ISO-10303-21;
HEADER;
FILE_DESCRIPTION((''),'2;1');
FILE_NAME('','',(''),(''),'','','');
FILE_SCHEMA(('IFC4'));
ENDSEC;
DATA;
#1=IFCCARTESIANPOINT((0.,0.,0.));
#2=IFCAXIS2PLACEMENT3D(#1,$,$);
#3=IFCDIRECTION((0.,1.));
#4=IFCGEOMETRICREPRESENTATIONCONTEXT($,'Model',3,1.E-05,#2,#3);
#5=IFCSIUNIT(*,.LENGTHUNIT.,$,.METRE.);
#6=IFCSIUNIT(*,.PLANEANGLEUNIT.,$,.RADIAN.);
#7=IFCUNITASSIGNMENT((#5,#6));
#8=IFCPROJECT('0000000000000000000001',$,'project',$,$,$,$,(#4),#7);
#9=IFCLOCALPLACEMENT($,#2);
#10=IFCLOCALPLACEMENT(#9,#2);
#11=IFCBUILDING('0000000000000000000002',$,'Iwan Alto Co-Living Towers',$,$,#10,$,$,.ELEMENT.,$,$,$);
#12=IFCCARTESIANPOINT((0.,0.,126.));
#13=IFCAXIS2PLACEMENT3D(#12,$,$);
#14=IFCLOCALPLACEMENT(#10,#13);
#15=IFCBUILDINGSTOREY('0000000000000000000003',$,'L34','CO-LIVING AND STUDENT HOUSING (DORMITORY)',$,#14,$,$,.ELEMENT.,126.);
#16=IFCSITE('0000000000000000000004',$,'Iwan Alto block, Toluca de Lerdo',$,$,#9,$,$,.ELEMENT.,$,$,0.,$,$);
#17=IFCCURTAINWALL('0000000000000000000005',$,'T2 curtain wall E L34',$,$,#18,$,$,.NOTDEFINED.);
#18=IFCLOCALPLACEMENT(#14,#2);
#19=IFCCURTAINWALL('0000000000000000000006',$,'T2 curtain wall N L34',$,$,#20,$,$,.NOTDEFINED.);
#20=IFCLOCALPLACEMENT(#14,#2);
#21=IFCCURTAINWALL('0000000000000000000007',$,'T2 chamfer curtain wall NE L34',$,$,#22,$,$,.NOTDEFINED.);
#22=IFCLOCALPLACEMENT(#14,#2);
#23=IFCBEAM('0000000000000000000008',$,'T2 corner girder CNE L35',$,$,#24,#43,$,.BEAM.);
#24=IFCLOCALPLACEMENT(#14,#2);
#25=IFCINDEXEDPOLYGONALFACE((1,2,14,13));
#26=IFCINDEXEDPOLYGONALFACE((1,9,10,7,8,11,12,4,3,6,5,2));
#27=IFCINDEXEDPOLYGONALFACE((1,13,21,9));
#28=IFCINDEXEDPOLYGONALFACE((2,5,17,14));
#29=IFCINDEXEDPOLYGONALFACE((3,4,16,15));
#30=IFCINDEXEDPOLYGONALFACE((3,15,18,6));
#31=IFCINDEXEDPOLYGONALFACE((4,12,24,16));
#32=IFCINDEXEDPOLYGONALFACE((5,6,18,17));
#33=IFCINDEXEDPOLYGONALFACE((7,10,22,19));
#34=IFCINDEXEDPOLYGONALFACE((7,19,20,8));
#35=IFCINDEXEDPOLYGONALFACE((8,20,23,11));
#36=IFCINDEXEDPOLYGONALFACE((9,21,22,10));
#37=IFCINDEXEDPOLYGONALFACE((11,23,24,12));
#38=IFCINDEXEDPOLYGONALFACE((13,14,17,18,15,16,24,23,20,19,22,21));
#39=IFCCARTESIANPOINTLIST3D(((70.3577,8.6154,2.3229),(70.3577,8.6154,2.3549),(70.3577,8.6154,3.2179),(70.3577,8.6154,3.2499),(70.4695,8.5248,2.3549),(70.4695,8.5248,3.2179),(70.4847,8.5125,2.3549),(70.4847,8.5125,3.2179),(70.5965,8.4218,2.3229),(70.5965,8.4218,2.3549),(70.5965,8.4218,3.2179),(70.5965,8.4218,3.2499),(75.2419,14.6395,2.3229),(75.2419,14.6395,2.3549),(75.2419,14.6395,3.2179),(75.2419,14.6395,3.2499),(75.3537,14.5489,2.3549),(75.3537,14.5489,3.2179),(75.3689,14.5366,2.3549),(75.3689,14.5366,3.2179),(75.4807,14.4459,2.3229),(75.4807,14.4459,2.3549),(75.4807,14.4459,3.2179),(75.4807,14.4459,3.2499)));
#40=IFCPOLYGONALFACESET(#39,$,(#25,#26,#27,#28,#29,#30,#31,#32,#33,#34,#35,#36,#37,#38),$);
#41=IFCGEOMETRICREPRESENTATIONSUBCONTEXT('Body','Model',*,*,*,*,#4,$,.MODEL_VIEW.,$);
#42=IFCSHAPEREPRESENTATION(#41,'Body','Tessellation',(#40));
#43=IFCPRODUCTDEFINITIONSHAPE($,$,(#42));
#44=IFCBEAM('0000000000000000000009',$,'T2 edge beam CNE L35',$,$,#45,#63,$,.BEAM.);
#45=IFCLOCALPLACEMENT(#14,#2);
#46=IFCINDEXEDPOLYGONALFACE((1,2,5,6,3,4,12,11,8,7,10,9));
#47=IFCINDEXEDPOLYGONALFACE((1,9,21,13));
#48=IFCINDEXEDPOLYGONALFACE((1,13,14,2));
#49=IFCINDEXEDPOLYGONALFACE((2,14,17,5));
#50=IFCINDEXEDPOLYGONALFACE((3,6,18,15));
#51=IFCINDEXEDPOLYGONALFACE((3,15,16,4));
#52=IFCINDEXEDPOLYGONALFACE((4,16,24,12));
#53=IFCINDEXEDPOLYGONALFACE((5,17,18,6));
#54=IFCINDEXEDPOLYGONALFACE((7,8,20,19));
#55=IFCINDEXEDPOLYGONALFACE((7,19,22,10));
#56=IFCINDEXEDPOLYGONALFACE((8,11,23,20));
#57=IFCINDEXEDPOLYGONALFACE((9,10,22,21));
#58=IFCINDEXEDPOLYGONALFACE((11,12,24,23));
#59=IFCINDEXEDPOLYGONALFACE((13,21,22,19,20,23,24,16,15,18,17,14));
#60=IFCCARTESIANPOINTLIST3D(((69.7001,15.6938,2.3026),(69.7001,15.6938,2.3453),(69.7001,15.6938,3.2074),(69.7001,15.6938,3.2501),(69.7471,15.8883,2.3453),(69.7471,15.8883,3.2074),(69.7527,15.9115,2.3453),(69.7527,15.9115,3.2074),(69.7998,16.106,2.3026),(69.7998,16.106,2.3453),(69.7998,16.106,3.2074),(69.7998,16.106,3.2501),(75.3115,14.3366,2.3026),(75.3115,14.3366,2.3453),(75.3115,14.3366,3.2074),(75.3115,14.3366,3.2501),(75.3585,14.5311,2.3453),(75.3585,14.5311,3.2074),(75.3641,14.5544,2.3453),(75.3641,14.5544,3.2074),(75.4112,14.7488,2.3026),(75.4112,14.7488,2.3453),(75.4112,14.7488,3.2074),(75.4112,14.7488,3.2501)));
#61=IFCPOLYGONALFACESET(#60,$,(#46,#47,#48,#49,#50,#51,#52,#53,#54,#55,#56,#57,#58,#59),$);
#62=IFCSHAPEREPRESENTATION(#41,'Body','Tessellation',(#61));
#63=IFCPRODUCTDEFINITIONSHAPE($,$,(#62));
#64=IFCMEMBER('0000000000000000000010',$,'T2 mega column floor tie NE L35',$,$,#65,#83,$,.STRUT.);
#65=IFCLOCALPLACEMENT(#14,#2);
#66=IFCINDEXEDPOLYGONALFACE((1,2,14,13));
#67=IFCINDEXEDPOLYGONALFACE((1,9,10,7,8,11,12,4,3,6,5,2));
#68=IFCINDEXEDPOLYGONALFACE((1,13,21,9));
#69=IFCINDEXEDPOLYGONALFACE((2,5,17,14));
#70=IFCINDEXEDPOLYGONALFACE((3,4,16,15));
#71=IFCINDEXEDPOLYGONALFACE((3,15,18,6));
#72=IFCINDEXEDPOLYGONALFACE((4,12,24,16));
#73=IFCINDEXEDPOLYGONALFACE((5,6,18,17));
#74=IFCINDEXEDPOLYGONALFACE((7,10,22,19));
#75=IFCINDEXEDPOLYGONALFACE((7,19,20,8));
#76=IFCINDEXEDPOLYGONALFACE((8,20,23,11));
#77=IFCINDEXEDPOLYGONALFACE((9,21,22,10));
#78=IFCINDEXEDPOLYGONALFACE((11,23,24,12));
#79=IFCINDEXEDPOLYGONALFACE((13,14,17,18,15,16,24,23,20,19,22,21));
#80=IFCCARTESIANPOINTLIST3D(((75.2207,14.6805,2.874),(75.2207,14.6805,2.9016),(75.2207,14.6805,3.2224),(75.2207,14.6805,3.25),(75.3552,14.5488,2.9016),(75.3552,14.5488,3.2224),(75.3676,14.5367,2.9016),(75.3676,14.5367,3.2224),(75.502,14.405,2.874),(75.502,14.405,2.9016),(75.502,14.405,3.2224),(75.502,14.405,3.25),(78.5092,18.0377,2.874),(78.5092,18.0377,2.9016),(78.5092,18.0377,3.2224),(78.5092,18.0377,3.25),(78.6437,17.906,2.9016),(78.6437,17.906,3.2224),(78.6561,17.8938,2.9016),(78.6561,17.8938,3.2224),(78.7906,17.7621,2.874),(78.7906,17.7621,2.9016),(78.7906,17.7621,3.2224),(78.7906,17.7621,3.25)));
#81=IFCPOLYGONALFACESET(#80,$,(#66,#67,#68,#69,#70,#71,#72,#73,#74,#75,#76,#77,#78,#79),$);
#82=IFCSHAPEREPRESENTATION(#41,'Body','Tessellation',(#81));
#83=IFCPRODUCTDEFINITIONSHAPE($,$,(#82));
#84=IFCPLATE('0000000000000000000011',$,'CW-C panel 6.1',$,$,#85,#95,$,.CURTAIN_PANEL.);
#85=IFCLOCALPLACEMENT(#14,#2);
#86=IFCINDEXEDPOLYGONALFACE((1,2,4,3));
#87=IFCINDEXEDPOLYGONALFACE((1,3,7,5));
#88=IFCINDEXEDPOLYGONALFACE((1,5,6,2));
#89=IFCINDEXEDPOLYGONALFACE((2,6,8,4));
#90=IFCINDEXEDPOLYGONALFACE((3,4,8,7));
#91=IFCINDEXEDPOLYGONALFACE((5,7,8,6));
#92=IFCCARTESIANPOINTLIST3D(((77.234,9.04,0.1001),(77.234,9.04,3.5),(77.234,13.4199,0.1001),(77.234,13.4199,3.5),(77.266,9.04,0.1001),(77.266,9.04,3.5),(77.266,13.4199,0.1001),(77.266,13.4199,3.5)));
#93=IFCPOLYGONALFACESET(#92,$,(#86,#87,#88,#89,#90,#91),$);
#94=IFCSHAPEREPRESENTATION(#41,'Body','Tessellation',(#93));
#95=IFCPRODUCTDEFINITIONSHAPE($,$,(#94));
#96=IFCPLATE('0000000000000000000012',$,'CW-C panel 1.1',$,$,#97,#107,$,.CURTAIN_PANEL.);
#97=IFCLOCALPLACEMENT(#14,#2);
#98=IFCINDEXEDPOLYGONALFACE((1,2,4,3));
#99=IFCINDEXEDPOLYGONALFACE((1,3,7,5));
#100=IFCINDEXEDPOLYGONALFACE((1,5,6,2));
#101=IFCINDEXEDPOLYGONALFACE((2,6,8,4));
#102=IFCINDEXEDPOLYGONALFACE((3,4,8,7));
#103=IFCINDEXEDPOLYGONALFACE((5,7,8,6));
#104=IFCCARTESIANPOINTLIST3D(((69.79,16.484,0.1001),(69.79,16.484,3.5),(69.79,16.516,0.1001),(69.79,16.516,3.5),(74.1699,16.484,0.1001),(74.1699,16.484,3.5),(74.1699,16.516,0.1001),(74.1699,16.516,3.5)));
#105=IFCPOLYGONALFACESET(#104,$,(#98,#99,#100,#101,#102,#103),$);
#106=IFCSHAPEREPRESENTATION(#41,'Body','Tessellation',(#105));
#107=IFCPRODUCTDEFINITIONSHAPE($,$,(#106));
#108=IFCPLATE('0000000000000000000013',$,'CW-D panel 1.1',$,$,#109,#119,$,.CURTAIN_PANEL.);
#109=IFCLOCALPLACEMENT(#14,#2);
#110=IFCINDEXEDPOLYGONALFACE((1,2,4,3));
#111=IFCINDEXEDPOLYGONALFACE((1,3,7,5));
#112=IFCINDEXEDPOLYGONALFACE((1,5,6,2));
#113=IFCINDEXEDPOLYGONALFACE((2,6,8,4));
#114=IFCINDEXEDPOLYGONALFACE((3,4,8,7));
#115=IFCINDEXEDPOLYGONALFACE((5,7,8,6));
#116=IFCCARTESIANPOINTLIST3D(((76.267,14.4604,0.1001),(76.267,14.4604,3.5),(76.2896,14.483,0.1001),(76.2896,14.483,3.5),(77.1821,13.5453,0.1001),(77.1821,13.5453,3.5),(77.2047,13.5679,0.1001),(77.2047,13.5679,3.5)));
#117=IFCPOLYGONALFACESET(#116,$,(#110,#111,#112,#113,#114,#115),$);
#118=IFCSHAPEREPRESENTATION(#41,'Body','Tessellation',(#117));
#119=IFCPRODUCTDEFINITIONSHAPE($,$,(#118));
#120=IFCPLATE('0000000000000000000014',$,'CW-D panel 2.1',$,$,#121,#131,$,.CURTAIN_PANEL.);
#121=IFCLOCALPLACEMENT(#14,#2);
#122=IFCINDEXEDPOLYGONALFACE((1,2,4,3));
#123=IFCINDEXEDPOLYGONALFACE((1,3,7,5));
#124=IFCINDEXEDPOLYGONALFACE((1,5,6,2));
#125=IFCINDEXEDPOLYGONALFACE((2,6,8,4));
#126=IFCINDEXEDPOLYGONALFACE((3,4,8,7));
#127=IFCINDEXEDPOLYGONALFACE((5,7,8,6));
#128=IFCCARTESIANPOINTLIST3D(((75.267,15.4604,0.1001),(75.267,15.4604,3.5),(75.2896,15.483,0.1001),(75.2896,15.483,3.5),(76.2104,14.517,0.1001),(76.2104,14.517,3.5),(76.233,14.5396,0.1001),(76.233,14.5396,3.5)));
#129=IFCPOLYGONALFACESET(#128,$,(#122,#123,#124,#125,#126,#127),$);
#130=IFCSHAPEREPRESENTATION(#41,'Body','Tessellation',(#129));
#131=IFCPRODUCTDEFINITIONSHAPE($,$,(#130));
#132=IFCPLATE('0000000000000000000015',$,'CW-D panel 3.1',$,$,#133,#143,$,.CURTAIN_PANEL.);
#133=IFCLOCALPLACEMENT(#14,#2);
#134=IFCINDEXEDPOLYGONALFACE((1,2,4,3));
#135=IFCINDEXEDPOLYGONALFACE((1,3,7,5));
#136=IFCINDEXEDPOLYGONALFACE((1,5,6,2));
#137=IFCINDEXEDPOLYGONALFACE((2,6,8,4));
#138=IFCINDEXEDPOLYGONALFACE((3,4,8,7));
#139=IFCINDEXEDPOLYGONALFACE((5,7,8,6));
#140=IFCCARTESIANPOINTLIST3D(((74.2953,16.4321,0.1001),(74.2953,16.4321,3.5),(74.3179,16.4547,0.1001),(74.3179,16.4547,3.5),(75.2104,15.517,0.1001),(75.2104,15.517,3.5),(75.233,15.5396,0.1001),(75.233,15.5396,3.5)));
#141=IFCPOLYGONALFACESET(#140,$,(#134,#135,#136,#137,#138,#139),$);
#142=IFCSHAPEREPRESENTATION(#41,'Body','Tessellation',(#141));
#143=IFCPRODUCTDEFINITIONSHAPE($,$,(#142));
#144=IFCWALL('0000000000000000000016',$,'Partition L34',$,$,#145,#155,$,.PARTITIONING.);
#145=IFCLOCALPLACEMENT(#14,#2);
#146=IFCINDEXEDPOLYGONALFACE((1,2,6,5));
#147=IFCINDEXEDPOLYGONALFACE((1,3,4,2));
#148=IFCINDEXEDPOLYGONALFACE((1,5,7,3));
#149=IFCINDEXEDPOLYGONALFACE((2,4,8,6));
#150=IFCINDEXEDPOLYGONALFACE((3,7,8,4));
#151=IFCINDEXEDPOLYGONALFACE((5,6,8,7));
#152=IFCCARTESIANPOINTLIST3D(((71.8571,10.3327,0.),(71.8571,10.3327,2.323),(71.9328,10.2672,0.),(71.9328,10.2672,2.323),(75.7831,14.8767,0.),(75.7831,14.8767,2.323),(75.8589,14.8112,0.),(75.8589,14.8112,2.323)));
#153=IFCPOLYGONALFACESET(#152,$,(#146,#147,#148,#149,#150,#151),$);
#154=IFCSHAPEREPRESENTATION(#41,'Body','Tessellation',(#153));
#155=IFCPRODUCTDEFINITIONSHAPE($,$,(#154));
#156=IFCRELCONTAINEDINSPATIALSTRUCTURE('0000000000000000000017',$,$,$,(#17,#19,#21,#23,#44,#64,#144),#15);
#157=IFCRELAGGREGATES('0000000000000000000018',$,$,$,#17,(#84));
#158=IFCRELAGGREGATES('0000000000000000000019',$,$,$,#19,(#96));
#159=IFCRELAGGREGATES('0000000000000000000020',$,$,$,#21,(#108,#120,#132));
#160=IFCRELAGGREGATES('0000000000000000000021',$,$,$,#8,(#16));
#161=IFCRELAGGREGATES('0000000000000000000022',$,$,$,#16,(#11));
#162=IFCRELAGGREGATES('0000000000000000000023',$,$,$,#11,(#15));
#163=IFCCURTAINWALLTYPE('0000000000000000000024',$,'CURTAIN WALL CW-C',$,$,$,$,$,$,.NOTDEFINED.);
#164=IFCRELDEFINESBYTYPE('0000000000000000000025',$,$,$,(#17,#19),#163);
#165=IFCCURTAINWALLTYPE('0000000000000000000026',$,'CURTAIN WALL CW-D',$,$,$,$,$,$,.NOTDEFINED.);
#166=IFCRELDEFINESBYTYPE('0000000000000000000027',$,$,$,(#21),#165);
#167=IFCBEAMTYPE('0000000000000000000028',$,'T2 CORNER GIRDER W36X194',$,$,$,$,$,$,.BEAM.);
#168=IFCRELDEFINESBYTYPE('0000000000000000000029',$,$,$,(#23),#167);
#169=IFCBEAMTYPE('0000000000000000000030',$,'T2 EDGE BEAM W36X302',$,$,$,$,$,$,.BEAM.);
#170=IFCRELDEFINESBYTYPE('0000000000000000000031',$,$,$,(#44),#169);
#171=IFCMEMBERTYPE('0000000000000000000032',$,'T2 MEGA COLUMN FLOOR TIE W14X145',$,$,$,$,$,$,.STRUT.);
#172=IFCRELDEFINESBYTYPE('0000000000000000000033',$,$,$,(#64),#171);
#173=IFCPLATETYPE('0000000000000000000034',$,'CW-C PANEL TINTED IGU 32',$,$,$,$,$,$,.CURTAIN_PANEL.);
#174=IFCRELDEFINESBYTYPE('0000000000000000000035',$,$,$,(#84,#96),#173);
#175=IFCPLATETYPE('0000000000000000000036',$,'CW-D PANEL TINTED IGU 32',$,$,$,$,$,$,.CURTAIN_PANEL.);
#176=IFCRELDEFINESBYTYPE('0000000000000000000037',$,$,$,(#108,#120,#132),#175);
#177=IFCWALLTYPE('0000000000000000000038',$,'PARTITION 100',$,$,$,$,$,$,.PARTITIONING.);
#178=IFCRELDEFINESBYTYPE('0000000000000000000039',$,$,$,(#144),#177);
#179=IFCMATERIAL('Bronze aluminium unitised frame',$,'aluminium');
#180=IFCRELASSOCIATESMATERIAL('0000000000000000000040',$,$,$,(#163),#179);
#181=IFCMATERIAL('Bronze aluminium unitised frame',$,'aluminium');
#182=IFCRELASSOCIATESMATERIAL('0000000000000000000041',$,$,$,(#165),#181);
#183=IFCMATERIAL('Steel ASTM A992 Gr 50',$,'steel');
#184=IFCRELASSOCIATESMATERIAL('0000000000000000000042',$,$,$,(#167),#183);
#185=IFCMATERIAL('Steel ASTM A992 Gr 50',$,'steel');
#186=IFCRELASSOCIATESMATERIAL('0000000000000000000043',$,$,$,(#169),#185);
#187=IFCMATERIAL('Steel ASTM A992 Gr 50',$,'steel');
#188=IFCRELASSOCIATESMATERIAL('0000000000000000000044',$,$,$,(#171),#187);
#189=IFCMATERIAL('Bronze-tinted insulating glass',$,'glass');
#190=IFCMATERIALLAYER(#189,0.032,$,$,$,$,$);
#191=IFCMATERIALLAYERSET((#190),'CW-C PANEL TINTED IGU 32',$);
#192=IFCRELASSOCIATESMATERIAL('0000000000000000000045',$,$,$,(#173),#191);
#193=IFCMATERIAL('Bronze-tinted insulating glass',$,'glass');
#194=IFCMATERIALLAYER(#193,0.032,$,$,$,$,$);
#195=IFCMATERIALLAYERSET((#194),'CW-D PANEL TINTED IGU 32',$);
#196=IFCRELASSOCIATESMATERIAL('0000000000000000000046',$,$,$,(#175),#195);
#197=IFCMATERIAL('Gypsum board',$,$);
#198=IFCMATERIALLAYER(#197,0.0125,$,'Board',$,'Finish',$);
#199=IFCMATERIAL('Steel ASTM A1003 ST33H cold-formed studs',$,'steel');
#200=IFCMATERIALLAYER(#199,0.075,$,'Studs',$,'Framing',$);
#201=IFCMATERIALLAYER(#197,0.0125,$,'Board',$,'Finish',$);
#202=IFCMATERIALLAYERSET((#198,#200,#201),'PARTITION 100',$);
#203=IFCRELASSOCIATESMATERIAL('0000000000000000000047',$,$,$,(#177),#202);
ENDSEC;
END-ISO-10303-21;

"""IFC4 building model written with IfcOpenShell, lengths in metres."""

from ifc_helpers import new_model, si_unit, direction, frame, frame_2d, origin, origin_2d, place, context, subcontext, project, spatial, rectangle, i_section, extrude, material, layer, layer_set, material_profile, profile_set, type_object, element, aggregate, save


model = new_model("IFC4")

# Units and contexts
model_context = context("Model", 3, precision=1e-05, world=origin(), true_north=direction((0.0, 1.0)))
body_context = subcontext(model_context, "Body", "Model", "MODEL_VIEW")
ifc_project = project(units=[si_unit("LENGTHUNIT", "METRE"), si_unit("PLANEANGLEUNIT", "RADIAN")], contexts=[model_context])

# Site, building, storey
site_placement = place(None, origin())
site = spatial("IfcSite", under=ifc_project, at=site_placement, Name="Iwan Alto block, Toluca de Lerdo", CompositionType="ELEMENT", RefElevation=0.0)
building_placement = place(site_placement, origin())
building = spatial("IfcBuilding", under=site, at=building_placement, Name="Iwan Alto Co-Living Towers", CompositionType="ELEMENT")
storey_placement = place(building_placement, frame((0.0, 0.0, 126.0)))
storey = spatial("IfcBuildingStorey", under=building, at=storey_placement, Name="L34", Description="CO-LIVING AND STUDENT HOUSING (DORMITORY)", CompositionType="ELEMENT", Elevation=126.0)

# Curtain walls
ifc_material_1 = material(Name="Bronze aluminium unitised frame", Category="aluminium")
curtain_wall_type_1 = type_object("IfcCurtainWallType", Name="CURTAIN WALL CW-C", PredefinedType="NOTDEFINED", material=ifc_material_1)
curtain_wall_1_placement = place(storey_placement, origin())
curtain_wall_1 = element("IfcCurtainWall", 1, at=curtain_wall_1_placement, inside=storey, type_object=curtain_wall_type_1, Name="T2 curtain wall E L34", PredefinedType="NOTDEFINED")
curtain_wall_2_placement = place(storey_placement, origin())
curtain_wall_2 = element("IfcCurtainWall", 2, at=curtain_wall_2_placement, inside=storey, type_object=curtain_wall_type_1, Name="T2 curtain wall N L34", PredefinedType="NOTDEFINED")

# Curtain wall
ifc_material_2 = material(Name="Bronze aluminium unitised frame", Category="aluminium")
curtain_wall_type_2 = type_object("IfcCurtainWallType", Name="CURTAIN WALL CW-D", PredefinedType="NOTDEFINED", material=ifc_material_2)
curtain_wall_3_placement = place(storey_placement, origin())
curtain_wall_3 = element("IfcCurtainWall", 3, at=curtain_wall_3_placement, inside=storey, type_object=curtain_wall_type_2, Name="T2 chamfer curtain wall NE L34", PredefinedType="NOTDEFINED")

# Beams
ifc_material_3 = material(Name="Steel ASTM A992 Gr 50", Category="steel")
ifc_material_profile_1 = material_profile(ifc_material_3, i_section(OverallWidth=0.3074, OverallDepth=0.927, WebThickness=0.0195, FlangeThickness=0.032, at=origin_2d()), Name="W36X194")
ifc_profile_set_1 = profile_set([ifc_material_profile_1], Name="Steel ASTM A992 Gr 50")
beam_type_1 = type_object("IfcBeamType", Name="T2 CORNER GIRDER W36X194", PredefinedType="BEAM", material=ifc_profile_set_1)
beam_1_placement = place(storey_placement, frame((75.3613, 14.5427, 2.7864), z_axis=(-0.629788, -0.776767, 0.0), x_axis=(0.776767, -0.629788, 0.0)))
element("IfcBeam", 4, at=beam_1_placement, inside=storey, type_object=beam_type_1, Name="T2 corner girder CNE L35", PredefinedType="BEAM", context=body_context, shape_type="SweptSolid", body=[
    extrude(i_section(OverallWidth=0.3074, OverallDepth=0.927, WebThickness=0.0195, FlangeThickness=0.032, at=origin_2d()), origin(), (0.0, 0.0, 1.0), 7.7554),
])
ifc_material_4 = material(Name="Steel ASTM A992 Gr 50", Category="steel")
ifc_material_profile_2 = material_profile(ifc_material_4, i_section(OverallWidth=0.4241, OverallDepth=0.9475, WebThickness=0.0239, FlangeThickness=0.0427, at=origin_2d()), Name="W36X302")
ifc_profile_set_2 = profile_set([ifc_material_profile_2], Name="Steel ASTM A992 Gr 50")
beam_type_2 = type_object("IfcBeamType", Name="T2 EDGE BEAM W36X302", PredefinedType="BEAM", material=ifc_profile_set_2)
beam_2_placement = place(storey_placement, frame((75.3613, 14.5427, 2.7764), z_axis=(-0.971975, 0.235086, 0.0), x_axis=(-0.235086, -0.971975, 0.0)))
element("IfcBeam", 5, at=beam_2_placement, inside=storey, type_object=beam_type_2, Name="T2 edge beam CNE L35", PredefinedType="BEAM", context=body_context, shape_type="SweptSolid", body=[
    extrude(i_section(OverallWidth=0.4241, OverallDepth=0.9475, WebThickness=0.0239, FlangeThickness=0.0427, at=origin_2d()), origin(), (0.0, 0.0, 1.0), 5.7732),
])

# Member
ifc_material_5 = material(Name="Steel ASTM A992 Gr 50", Category="steel")
ifc_material_profile_3 = material_profile(ifc_material_5, i_section(OverallWidth=0.3938, OverallDepth=0.376, WebThickness=0.0173, FlangeThickness=0.0276, at=origin_2d()), Name="W14X145")
ifc_profile_set_3 = profile_set([ifc_material_profile_3], Name="Steel ASTM A992 Gr 50")
member_type_1 = type_object("IfcMemberType", Name="T2 MEGA COLUMN FLOOR TIE W14X145", PredefinedType="STRUT", material=ifc_profile_set_3)
member_1_placement = place(storey_placement, frame((78.6499, 17.8999, 3.062), z_axis=(-0.69977, -0.714368, 0.0), x_axis=(0.714368, -0.69977, 0.0)))
element("IfcMember", 6, at=member_1_placement, inside=storey, type_object=member_type_1, Name="T2 mega column floor tie NE L35", PredefinedType="STRUT", context=body_context, shape_type="SweptSolid", body=[
    extrude(i_section(OverallWidth=0.3938, OverallDepth=0.376, WebThickness=0.0173, FlangeThickness=0.0276, at=origin_2d()), origin(), (0.0, 0.0, 1.0), 4.6995),
])

# Plates
ifc_material_6 = material(Name="Bronze-tinted insulating glass", Category="glass")
ifc_layer_1 = layer(ifc_material_6, 0.032)
ifc_layer_set_1 = layer_set([ifc_layer_1], Name="CW-C PANEL TINTED IGU 32")
plate_type_1 = type_object("IfcPlateType", Name="CW-C PANEL TINTED IGU 32", PredefinedType="CURTAIN_PANEL", material=ifc_layer_set_1)
plate_1_placement = place(storey_placement, frame((77.25, 11.23, 0.1001), z_axis=(0.0, 0.0, 1.0), x_axis=(0.0, 1.0, 0.0)))
plate_1 = element("IfcPlate", 7, at=plate_1_placement, type_object=plate_type_1, Name="CW-C panel 6.1", PredefinedType="CURTAIN_PANEL", context=body_context, shape_type="SweptSolid", body=[
    extrude(rectangle(XDim=4.3799, YDim=0.032, at=origin_2d()), origin(), (0.0, 0.0, 1.0), 3.3999),
])
aggregate(curtain_wall_1, [plate_1])
plate_2_placement = place(storey_placement, frame((71.98, 16.5, 0.1001), z_axis=(0.0, 0.0, 1.0), x_axis=(-1.0, 0.0, 0.0)))
plate_2 = element("IfcPlate", 8, at=plate_2_placement, type_object=plate_type_1, Name="CW-C panel 1.1", PredefinedType="CURTAIN_PANEL", context=body_context, shape_type="SweptSolid", body=[
    extrude(rectangle(XDim=4.3799, YDim=0.032, at=origin_2d()), origin(), (0.0, 0.0, 1.0), 3.3999),
])
aggregate(curtain_wall_2, [plate_2])
ifc_material_7 = material(Name="Bronze-tinted insulating glass", Category="glass")
ifc_layer_2 = layer(ifc_material_7, 0.032)
ifc_layer_set_2 = layer_set([ifc_layer_2], Name="CW-D PANEL TINTED IGU 32")
plate_type_2 = type_object("IfcPlateType", Name="CW-D PANEL TINTED IGU 32", PredefinedType="CURTAIN_PANEL", material=ifc_layer_set_2)
plate_3_placement = place(storey_placement, frame((76.7358, 14.0142, 0.1001), z_axis=(0.0, 0.0, 1.0), x_axis=(-0.707107, 0.707107, 0.0)))
plate_3 = element("IfcPlate", 9, at=plate_3_placement, type_object=plate_type_2, Name="CW-D panel 1.1", PredefinedType="CURTAIN_PANEL", context=body_context, shape_type="SweptSolid", body=[
    extrude(rectangle(XDim=1.2942, YDim=0.032, at=origin_2d()), origin(), (0.0, 0.0, 1.0), 3.3999),
])
plate_4_placement = place(storey_placement, frame((75.75, 15.0, 0.1001), z_axis=(0.0, 0.0, 1.0), x_axis=(-0.707107, 0.707107, 0.0)))
plate_4 = element("IfcPlate", 10, at=plate_4_placement, type_object=plate_type_2, Name="CW-D panel 2.1", PredefinedType="CURTAIN_PANEL", context=body_context, shape_type="SweptSolid", body=[
    extrude(rectangle(XDim=1.3342, YDim=0.032, at=origin_2d()), origin(), (0.0, 0.0, 1.0), 3.3999),
])
plate_5_placement = place(storey_placement, frame((74.7642, 15.9858, 0.1001), z_axis=(0.0, 0.0, 1.0), x_axis=(-0.707107, 0.707107, 0.0)))
plate_5 = element("IfcPlate", 11, at=plate_5_placement, type_object=plate_type_2, Name="CW-D panel 3.1", PredefinedType="CURTAIN_PANEL", context=body_context, shape_type="SweptSolid", body=[
    extrude(rectangle(XDim=1.2942, YDim=0.032, at=origin_2d()), origin(), (0.0, 0.0, 1.0), 3.3999),
])
aggregate(curtain_wall_3, [plate_3, plate_4, plate_5])

# Wall
ifc_material_8 = material(Name="Gypsum board")
ifc_layer_3 = layer(ifc_material_8, 0.0125, Name="Board", Category="Finish")
ifc_material_9 = material(Name="Steel ASTM A1003 ST33H cold-formed studs", Category="steel")
ifc_layer_4 = layer(ifc_material_9, 0.075, Name="Studs", Category="Framing")
ifc_layer_5 = layer(ifc_material_8, 0.0125, Name="Board", Category="Finish")
ifc_layer_set_3 = layer_set([ifc_layer_3, ifc_layer_4, ifc_layer_5], Name="PARTITION 100")
wall_type = type_object("IfcWallType", Name="PARTITION 100", PredefinedType="PARTITIONING", material=ifc_layer_set_3)
wall_placement = place(storey_placement, frame((71.895, 10.3, 0.0), z_axis=(0.0, 0.0, 1.0), x_axis=(0.653783, 0.756682, 0.0)))
element("IfcWall", 12, at=wall_placement, inside=storey, type_object=wall_type, Name="Partition L34", PredefinedType="PARTITIONING", context=body_context, shape_type="SweptSolid", body=[
    extrude(rectangle(XDim=6.0051, YDim=0.1001, at=frame_2d((3.0024, 0.0))), origin(), (0.0, 0.0, 1.0), 2.323),
])

save(model, "model.ifc")
